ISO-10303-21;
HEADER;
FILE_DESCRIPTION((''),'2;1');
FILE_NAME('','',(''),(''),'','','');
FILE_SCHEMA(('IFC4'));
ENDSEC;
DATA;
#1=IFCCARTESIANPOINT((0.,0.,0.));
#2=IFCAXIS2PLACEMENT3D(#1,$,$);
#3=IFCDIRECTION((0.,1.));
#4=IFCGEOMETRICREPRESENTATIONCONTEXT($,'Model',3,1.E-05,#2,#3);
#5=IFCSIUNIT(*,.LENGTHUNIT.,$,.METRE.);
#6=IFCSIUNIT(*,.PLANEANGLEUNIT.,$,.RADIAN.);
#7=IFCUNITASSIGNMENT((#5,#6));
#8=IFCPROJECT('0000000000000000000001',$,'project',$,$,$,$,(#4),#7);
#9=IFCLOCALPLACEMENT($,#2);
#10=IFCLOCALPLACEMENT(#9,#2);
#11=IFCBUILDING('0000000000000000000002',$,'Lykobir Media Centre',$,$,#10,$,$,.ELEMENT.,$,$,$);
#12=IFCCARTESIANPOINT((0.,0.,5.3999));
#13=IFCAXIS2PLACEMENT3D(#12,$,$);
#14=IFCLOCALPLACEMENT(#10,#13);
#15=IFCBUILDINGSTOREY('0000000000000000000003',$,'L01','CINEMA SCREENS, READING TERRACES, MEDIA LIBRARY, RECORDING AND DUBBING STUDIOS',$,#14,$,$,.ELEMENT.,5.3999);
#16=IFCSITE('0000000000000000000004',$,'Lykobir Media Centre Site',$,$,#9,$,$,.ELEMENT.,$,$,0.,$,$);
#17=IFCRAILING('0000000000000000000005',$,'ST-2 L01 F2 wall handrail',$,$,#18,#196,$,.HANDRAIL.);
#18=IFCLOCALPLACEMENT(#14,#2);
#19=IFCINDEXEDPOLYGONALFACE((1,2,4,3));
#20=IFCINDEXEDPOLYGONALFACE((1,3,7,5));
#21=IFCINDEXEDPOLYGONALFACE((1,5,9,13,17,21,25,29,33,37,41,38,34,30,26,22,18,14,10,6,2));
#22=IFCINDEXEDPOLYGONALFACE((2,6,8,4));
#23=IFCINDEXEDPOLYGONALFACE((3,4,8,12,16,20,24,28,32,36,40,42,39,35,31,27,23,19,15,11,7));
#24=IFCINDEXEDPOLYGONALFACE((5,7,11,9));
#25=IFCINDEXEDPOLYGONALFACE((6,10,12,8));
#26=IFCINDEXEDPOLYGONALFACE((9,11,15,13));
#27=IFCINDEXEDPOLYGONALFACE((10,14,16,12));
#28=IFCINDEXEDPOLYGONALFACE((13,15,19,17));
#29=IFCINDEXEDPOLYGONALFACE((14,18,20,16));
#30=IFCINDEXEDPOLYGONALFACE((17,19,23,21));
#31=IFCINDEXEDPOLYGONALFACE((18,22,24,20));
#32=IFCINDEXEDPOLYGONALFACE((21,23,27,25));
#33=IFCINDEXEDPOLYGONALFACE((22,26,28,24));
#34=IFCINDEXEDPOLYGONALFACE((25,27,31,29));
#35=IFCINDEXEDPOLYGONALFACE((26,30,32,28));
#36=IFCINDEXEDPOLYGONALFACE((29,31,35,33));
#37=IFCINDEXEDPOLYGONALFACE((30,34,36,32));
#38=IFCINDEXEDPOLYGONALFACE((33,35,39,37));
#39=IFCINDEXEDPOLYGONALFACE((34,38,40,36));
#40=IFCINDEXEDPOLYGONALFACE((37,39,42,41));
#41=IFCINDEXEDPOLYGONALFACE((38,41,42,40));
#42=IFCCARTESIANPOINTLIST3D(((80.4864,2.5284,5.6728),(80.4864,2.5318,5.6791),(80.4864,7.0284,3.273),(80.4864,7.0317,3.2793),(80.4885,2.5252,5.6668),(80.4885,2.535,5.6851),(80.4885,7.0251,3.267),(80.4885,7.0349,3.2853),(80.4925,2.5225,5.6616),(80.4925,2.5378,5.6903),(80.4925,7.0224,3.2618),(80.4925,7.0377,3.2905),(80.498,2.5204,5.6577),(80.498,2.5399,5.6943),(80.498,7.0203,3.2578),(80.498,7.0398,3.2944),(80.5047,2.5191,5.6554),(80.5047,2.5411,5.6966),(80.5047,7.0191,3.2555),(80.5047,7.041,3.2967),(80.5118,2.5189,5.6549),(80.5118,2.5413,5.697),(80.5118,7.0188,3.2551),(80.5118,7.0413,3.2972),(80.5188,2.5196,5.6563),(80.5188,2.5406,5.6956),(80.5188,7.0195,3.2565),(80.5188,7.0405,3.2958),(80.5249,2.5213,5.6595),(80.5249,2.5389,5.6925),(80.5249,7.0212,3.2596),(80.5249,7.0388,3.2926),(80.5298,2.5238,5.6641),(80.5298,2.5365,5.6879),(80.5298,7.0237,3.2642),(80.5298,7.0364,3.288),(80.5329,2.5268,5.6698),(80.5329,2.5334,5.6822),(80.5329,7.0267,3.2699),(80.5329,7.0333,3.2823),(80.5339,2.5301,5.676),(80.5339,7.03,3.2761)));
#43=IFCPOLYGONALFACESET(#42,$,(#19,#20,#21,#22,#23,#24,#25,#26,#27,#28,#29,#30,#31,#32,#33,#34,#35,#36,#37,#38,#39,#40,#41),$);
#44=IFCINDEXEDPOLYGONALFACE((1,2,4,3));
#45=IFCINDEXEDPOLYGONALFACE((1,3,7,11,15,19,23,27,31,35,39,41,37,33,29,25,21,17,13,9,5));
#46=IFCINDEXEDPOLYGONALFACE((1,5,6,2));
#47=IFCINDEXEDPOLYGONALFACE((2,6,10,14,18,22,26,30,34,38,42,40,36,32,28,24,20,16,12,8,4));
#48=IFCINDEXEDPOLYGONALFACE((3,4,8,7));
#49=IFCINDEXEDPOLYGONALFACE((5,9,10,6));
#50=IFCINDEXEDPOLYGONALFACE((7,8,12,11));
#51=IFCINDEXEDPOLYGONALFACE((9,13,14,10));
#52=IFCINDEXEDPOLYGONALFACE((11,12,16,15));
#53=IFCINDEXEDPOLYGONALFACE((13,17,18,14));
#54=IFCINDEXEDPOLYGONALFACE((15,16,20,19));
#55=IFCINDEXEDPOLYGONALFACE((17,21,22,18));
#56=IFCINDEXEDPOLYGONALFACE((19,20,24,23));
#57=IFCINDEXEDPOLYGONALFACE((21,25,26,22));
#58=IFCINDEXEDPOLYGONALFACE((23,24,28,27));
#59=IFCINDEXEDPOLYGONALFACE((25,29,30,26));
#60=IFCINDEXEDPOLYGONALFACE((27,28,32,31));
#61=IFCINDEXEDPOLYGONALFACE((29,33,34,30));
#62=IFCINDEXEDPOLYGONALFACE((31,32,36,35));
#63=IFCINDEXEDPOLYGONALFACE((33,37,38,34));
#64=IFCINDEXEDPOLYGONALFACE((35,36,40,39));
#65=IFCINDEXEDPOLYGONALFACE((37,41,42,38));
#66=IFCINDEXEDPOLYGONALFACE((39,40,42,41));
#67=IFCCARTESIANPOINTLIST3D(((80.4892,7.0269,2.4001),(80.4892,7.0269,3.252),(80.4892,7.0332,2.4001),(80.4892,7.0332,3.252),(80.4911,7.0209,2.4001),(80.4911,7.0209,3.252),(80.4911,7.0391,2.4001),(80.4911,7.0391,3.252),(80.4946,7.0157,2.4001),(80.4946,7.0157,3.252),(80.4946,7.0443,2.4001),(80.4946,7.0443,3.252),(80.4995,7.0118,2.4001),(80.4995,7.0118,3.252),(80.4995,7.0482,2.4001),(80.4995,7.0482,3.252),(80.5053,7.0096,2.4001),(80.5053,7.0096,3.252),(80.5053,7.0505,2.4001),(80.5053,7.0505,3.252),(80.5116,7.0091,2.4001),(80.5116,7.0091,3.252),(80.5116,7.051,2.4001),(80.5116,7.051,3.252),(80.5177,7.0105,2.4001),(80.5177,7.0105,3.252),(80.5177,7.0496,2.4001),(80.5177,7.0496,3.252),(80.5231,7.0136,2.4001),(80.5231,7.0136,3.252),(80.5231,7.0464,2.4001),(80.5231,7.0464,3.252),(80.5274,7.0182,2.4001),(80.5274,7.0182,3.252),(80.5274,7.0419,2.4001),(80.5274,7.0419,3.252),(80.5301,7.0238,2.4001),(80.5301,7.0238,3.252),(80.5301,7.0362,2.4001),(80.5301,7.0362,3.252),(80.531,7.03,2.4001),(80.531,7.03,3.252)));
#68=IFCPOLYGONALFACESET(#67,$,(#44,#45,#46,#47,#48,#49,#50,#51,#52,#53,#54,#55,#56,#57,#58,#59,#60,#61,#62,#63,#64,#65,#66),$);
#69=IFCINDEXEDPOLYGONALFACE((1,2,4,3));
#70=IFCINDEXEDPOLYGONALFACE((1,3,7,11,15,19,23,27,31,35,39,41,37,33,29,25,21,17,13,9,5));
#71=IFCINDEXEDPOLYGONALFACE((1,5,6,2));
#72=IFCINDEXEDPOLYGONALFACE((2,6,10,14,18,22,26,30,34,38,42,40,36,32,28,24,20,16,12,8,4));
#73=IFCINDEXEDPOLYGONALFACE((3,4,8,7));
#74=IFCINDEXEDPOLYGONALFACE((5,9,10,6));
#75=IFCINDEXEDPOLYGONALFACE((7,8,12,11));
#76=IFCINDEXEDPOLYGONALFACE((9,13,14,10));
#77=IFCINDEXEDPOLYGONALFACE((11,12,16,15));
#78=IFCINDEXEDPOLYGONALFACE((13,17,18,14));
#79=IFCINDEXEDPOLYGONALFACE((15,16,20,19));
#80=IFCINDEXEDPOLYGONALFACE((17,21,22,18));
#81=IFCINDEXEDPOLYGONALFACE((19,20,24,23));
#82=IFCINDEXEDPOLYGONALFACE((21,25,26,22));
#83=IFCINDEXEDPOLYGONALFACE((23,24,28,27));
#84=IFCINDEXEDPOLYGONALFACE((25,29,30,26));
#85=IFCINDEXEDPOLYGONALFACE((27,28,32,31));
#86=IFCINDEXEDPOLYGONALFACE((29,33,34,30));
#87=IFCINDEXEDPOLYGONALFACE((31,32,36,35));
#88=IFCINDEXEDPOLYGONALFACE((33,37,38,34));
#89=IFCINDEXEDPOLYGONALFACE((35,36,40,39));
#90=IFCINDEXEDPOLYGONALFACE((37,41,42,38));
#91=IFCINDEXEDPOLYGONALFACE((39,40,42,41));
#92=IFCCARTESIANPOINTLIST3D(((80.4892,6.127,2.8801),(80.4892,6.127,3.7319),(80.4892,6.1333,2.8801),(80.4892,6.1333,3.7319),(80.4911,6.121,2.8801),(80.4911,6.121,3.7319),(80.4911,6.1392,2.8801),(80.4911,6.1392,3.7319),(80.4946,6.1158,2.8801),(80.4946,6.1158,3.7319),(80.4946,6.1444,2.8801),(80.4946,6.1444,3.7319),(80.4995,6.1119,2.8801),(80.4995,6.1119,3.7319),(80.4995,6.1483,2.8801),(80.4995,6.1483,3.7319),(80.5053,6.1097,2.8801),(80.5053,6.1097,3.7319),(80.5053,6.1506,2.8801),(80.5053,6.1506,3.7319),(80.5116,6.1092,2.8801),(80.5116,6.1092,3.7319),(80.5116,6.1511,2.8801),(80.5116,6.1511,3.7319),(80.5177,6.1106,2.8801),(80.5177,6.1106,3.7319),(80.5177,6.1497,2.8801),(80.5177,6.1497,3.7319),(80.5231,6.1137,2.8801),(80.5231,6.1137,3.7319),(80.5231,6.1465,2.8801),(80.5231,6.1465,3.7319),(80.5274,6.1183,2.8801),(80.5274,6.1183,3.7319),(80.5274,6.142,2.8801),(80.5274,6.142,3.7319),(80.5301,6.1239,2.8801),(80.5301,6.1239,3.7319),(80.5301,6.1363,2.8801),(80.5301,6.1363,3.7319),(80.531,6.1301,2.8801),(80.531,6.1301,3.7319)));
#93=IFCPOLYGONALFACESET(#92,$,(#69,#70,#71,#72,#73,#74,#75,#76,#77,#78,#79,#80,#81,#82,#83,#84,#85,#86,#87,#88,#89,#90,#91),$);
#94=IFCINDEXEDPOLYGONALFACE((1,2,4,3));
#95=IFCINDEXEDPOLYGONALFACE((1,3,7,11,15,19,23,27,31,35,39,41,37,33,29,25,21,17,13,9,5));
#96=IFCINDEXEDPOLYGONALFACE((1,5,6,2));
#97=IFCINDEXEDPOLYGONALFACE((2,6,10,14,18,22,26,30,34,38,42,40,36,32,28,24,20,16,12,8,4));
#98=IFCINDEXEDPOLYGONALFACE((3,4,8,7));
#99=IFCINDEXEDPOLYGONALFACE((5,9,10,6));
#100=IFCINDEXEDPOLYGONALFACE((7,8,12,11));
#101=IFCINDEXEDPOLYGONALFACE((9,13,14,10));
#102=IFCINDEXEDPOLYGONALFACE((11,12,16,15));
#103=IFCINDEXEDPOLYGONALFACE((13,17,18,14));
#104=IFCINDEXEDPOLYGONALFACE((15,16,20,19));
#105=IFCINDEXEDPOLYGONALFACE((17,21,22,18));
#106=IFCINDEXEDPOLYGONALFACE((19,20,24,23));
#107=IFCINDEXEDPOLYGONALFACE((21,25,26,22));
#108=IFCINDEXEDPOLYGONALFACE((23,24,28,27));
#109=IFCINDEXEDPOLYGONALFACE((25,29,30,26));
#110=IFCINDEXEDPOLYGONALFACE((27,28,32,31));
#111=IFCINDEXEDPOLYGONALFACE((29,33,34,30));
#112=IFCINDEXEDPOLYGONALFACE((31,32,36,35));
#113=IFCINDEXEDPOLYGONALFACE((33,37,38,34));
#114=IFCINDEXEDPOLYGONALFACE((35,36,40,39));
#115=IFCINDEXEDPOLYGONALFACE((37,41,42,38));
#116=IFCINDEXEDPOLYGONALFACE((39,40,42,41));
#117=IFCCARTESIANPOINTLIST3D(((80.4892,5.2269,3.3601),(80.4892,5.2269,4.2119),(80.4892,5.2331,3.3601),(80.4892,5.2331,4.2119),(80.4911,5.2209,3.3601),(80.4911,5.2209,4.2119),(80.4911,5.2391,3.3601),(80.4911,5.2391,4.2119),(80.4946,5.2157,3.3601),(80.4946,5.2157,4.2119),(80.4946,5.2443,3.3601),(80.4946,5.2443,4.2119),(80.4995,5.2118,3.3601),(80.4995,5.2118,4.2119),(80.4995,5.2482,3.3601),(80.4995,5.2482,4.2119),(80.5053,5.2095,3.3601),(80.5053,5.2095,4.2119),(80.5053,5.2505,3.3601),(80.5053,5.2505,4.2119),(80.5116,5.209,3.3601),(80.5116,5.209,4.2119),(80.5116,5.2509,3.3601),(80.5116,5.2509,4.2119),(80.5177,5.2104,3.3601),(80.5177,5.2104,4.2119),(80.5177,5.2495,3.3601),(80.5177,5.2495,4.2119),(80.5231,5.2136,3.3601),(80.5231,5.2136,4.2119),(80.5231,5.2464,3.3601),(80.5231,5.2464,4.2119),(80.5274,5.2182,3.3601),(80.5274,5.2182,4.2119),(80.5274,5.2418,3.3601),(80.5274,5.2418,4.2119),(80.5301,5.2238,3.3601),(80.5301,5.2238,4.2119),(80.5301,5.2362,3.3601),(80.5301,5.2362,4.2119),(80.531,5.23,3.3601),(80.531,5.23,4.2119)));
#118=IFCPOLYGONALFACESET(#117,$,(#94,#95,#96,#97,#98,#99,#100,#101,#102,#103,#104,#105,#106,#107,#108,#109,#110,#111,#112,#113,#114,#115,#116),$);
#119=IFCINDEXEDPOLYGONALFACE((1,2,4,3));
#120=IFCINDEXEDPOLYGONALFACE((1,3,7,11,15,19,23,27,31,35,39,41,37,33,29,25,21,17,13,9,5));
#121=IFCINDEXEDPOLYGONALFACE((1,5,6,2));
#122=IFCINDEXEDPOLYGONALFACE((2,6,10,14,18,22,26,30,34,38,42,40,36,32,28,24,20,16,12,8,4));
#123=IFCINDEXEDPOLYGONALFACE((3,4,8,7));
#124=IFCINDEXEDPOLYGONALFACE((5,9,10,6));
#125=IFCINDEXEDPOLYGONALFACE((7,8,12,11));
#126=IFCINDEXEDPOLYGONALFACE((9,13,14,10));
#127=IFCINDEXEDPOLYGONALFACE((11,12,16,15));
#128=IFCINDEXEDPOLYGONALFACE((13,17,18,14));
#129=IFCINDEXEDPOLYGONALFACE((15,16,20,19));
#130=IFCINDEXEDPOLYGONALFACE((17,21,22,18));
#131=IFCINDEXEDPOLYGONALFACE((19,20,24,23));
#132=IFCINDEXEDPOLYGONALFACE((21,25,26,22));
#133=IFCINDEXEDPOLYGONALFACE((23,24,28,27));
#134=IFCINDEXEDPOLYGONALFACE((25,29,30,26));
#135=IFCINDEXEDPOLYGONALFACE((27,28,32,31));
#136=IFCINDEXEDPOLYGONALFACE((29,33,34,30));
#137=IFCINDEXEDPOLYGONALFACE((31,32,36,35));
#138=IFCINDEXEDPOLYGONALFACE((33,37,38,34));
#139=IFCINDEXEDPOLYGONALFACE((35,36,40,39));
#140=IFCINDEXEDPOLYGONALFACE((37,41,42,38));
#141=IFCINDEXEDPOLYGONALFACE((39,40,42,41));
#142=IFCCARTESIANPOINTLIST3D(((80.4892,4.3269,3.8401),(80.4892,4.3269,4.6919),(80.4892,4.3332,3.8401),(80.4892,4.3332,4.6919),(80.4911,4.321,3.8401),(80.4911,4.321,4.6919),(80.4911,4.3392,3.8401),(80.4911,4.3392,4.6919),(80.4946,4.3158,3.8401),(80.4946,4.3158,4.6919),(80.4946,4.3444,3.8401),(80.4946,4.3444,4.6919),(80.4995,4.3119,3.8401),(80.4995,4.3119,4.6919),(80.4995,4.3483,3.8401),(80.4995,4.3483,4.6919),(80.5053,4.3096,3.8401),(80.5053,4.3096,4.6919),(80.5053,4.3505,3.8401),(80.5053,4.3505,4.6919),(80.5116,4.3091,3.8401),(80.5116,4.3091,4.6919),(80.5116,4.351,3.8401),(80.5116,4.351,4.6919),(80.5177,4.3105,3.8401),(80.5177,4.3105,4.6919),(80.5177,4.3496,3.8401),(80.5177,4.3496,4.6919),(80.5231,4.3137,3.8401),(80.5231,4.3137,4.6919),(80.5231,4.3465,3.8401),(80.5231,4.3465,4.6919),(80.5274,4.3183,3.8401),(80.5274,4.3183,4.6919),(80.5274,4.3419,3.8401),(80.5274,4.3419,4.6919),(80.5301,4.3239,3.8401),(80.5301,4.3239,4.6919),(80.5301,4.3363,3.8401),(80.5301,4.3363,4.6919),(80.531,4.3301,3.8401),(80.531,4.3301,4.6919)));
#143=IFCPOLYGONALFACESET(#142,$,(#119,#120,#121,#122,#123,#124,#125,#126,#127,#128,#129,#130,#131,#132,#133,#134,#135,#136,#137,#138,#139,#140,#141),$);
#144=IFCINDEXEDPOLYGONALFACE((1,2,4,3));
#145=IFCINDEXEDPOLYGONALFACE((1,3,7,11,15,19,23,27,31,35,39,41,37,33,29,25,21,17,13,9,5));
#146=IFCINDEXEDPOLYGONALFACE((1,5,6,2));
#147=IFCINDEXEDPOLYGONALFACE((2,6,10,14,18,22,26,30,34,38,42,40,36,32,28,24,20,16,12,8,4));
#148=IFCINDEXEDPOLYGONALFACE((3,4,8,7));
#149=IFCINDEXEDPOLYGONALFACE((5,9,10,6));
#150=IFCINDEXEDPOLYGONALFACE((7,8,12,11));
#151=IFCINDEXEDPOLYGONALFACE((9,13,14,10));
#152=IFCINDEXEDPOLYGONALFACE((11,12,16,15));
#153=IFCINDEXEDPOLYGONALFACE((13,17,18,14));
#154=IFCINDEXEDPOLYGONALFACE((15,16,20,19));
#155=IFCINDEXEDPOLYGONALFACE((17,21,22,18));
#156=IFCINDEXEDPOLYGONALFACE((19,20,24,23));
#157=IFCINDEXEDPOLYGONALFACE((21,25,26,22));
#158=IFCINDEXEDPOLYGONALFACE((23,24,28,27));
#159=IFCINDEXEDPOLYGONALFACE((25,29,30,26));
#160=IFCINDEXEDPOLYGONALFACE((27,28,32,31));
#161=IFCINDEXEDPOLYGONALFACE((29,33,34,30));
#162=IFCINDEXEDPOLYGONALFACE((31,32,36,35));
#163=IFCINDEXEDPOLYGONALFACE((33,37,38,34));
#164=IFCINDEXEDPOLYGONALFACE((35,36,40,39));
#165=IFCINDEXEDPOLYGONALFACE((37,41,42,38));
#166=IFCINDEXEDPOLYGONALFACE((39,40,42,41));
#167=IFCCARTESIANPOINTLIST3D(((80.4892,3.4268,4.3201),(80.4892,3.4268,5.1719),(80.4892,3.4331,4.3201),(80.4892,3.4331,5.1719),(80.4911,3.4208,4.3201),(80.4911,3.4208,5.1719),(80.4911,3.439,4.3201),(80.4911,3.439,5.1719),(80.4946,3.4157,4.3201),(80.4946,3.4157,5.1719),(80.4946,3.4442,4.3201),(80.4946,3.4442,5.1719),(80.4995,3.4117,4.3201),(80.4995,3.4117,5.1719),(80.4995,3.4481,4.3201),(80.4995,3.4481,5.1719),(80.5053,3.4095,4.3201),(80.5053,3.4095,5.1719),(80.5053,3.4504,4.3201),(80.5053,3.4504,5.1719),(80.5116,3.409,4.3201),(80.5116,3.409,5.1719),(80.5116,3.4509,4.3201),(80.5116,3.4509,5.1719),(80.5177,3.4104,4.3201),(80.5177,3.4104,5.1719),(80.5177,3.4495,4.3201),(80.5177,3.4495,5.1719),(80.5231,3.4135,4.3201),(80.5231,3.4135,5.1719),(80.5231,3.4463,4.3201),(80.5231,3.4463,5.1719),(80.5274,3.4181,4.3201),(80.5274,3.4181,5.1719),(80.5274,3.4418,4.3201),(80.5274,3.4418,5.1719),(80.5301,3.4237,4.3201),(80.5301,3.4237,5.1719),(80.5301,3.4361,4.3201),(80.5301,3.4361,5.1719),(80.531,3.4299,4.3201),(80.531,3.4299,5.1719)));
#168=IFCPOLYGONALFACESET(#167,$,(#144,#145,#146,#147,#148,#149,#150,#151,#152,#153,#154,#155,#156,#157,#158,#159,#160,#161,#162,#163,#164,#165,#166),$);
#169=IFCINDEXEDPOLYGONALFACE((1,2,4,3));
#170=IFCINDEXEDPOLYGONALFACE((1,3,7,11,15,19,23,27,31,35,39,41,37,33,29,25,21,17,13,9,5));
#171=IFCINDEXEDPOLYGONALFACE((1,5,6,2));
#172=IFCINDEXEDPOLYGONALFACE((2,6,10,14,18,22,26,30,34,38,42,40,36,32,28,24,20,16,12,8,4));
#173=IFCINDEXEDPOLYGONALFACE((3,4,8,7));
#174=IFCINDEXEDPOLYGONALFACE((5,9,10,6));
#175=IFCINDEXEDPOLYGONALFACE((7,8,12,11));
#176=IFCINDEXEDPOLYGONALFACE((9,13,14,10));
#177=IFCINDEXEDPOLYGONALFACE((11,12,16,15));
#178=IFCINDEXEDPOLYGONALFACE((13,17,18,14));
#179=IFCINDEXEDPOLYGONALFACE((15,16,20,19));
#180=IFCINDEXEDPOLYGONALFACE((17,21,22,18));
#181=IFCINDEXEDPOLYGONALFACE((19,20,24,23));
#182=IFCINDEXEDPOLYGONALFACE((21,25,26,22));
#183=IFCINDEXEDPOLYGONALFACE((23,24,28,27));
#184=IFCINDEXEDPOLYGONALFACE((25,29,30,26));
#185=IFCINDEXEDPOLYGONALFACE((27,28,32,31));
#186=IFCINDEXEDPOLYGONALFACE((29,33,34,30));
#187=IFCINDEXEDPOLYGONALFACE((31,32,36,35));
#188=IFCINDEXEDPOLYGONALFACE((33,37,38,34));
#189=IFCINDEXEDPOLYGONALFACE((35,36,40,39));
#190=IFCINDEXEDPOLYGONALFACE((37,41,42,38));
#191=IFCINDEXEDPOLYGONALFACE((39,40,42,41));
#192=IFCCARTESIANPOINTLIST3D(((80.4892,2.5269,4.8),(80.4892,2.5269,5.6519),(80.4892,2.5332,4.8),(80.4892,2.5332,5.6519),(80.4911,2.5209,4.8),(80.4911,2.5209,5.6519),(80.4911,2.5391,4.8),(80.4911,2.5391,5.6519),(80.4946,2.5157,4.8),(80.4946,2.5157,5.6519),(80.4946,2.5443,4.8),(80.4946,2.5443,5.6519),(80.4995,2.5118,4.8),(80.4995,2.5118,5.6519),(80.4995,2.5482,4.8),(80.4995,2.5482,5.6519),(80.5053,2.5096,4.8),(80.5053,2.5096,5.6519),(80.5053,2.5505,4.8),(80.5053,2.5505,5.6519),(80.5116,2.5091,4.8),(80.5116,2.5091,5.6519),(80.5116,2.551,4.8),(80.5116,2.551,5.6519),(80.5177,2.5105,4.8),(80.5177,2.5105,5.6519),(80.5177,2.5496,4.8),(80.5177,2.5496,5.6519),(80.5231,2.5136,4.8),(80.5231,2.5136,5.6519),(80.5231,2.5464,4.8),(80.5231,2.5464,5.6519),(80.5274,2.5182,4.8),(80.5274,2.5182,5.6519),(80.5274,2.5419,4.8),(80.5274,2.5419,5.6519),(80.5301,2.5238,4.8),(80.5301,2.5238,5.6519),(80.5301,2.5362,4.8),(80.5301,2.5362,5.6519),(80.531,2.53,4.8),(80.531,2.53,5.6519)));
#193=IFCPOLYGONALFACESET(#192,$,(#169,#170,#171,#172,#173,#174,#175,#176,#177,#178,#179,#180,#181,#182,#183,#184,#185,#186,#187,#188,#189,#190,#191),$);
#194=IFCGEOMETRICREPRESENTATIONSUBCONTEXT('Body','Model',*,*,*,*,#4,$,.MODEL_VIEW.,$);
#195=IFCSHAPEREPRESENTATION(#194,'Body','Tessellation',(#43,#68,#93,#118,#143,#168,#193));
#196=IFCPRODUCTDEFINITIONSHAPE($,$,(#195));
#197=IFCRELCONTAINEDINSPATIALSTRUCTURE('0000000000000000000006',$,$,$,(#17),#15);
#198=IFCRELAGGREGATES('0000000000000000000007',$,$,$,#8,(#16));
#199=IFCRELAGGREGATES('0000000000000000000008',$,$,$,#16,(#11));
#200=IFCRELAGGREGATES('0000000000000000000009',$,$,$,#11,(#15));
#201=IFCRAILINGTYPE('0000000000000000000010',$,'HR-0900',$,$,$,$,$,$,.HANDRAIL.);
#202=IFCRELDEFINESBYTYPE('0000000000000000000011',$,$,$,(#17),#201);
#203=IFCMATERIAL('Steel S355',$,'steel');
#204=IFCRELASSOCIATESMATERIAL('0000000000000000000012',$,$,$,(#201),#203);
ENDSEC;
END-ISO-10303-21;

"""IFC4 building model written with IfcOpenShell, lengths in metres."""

from ifc_helpers import new_model, si_unit, direction, frame, origin, origin_2d, place, context, subcontext, project, spatial, circle, extrude, material, type_object, element, save


model = new_model("IFC4")

# Units and contexts
model_context = context("Model", 3, precision=1e-05, world=origin(), true_north=direction((0.0, 1.0)))
body_context = subcontext(model_context, "Body", "Model", "MODEL_VIEW")
ifc_project = project(units=[si_unit("LENGTHUNIT", "METRE"), si_unit("PLANEANGLEUNIT", "RADIAN")], contexts=[model_context])

# Site, building, storey
site_placement = place(None, origin())
site = spatial("IfcSite", under=ifc_project, at=site_placement, Name="Lykobir Media Centre Site", CompositionType="ELEMENT", RefElevation=0.0)
building_placement = place(site_placement, origin())
building = spatial("IfcBuilding", under=site, at=building_placement, Name="Lykobir Media Centre", CompositionType="ELEMENT")
storey_placement = place(building_placement, frame((0.0, 0.0, 5.3999)))
storey = spatial("IfcBuildingStorey", under=building, at=storey_placement, Name="L01", Description="CINEMA SCREENS, READING TERRACES, MEDIA LIBRARY, RECORDING AND DUBBING STUDIOS", CompositionType="ELEMENT", Elevation=5.3999)

# Shared definitions
ifc_material_1 = material(Name="Steel S355", Category="steel")

# Railing
railing_type_1 = type_object("IfcRailingType", Name="HR-0900", PredefinedType="HANDRAIL", material=ifc_material_1)
railing_1_placement = place(storey_placement, frame((80.51, 7.03, 2.4001)))
element("IfcRailing", 1, at=railing_1_placement, inside=storey, type_object=railing_type_1, Name="ST-2 L01 F2 wall handrail", PredefinedType="HANDRAIL", context=body_context, shape_type="SweptSolid", body=[
    extrude(circle(Radius=0.0239, at=origin_2d()), frame((0.0, 0.0, 0.876), z_axis=(0.0, -0.882361, 0.470573), x_axis=(1.0, 0.0, 0.0)), (0.0, 0.0, 1.0), 5.0999),
    extrude(circle(Radius=0.021, at=origin_2d()), origin(), (0.0, 0.0, 1.0), 0.8518),
    extrude(circle(Radius=0.021, at=origin_2d()), frame((0.0, -0.8999, 0.48)), (0.0, 0.0, 1.0), 0.8518),
    extrude(circle(Radius=0.021, at=origin_2d()), frame((0.0, -1.8, 0.96)), (0.0, 0.0, 1.0), 0.8518),
    extrude(circle(Radius=0.021, at=origin_2d()), frame((0.0, -2.7, 1.4399)), (0.0, 0.0, 1.0), 0.8518),
    extrude(circle(Radius=0.021, at=origin_2d()), frame((0.0, -3.6001, 1.9199)), (0.0, 0.0, 1.0), 0.8518),
    extrude(circle(Radius=0.021, at=origin_2d()), frame((0.0, -4.5, 2.3999)), (0.0, 0.0, 1.0), 0.8518),
])

save(model, "model.ifc")
